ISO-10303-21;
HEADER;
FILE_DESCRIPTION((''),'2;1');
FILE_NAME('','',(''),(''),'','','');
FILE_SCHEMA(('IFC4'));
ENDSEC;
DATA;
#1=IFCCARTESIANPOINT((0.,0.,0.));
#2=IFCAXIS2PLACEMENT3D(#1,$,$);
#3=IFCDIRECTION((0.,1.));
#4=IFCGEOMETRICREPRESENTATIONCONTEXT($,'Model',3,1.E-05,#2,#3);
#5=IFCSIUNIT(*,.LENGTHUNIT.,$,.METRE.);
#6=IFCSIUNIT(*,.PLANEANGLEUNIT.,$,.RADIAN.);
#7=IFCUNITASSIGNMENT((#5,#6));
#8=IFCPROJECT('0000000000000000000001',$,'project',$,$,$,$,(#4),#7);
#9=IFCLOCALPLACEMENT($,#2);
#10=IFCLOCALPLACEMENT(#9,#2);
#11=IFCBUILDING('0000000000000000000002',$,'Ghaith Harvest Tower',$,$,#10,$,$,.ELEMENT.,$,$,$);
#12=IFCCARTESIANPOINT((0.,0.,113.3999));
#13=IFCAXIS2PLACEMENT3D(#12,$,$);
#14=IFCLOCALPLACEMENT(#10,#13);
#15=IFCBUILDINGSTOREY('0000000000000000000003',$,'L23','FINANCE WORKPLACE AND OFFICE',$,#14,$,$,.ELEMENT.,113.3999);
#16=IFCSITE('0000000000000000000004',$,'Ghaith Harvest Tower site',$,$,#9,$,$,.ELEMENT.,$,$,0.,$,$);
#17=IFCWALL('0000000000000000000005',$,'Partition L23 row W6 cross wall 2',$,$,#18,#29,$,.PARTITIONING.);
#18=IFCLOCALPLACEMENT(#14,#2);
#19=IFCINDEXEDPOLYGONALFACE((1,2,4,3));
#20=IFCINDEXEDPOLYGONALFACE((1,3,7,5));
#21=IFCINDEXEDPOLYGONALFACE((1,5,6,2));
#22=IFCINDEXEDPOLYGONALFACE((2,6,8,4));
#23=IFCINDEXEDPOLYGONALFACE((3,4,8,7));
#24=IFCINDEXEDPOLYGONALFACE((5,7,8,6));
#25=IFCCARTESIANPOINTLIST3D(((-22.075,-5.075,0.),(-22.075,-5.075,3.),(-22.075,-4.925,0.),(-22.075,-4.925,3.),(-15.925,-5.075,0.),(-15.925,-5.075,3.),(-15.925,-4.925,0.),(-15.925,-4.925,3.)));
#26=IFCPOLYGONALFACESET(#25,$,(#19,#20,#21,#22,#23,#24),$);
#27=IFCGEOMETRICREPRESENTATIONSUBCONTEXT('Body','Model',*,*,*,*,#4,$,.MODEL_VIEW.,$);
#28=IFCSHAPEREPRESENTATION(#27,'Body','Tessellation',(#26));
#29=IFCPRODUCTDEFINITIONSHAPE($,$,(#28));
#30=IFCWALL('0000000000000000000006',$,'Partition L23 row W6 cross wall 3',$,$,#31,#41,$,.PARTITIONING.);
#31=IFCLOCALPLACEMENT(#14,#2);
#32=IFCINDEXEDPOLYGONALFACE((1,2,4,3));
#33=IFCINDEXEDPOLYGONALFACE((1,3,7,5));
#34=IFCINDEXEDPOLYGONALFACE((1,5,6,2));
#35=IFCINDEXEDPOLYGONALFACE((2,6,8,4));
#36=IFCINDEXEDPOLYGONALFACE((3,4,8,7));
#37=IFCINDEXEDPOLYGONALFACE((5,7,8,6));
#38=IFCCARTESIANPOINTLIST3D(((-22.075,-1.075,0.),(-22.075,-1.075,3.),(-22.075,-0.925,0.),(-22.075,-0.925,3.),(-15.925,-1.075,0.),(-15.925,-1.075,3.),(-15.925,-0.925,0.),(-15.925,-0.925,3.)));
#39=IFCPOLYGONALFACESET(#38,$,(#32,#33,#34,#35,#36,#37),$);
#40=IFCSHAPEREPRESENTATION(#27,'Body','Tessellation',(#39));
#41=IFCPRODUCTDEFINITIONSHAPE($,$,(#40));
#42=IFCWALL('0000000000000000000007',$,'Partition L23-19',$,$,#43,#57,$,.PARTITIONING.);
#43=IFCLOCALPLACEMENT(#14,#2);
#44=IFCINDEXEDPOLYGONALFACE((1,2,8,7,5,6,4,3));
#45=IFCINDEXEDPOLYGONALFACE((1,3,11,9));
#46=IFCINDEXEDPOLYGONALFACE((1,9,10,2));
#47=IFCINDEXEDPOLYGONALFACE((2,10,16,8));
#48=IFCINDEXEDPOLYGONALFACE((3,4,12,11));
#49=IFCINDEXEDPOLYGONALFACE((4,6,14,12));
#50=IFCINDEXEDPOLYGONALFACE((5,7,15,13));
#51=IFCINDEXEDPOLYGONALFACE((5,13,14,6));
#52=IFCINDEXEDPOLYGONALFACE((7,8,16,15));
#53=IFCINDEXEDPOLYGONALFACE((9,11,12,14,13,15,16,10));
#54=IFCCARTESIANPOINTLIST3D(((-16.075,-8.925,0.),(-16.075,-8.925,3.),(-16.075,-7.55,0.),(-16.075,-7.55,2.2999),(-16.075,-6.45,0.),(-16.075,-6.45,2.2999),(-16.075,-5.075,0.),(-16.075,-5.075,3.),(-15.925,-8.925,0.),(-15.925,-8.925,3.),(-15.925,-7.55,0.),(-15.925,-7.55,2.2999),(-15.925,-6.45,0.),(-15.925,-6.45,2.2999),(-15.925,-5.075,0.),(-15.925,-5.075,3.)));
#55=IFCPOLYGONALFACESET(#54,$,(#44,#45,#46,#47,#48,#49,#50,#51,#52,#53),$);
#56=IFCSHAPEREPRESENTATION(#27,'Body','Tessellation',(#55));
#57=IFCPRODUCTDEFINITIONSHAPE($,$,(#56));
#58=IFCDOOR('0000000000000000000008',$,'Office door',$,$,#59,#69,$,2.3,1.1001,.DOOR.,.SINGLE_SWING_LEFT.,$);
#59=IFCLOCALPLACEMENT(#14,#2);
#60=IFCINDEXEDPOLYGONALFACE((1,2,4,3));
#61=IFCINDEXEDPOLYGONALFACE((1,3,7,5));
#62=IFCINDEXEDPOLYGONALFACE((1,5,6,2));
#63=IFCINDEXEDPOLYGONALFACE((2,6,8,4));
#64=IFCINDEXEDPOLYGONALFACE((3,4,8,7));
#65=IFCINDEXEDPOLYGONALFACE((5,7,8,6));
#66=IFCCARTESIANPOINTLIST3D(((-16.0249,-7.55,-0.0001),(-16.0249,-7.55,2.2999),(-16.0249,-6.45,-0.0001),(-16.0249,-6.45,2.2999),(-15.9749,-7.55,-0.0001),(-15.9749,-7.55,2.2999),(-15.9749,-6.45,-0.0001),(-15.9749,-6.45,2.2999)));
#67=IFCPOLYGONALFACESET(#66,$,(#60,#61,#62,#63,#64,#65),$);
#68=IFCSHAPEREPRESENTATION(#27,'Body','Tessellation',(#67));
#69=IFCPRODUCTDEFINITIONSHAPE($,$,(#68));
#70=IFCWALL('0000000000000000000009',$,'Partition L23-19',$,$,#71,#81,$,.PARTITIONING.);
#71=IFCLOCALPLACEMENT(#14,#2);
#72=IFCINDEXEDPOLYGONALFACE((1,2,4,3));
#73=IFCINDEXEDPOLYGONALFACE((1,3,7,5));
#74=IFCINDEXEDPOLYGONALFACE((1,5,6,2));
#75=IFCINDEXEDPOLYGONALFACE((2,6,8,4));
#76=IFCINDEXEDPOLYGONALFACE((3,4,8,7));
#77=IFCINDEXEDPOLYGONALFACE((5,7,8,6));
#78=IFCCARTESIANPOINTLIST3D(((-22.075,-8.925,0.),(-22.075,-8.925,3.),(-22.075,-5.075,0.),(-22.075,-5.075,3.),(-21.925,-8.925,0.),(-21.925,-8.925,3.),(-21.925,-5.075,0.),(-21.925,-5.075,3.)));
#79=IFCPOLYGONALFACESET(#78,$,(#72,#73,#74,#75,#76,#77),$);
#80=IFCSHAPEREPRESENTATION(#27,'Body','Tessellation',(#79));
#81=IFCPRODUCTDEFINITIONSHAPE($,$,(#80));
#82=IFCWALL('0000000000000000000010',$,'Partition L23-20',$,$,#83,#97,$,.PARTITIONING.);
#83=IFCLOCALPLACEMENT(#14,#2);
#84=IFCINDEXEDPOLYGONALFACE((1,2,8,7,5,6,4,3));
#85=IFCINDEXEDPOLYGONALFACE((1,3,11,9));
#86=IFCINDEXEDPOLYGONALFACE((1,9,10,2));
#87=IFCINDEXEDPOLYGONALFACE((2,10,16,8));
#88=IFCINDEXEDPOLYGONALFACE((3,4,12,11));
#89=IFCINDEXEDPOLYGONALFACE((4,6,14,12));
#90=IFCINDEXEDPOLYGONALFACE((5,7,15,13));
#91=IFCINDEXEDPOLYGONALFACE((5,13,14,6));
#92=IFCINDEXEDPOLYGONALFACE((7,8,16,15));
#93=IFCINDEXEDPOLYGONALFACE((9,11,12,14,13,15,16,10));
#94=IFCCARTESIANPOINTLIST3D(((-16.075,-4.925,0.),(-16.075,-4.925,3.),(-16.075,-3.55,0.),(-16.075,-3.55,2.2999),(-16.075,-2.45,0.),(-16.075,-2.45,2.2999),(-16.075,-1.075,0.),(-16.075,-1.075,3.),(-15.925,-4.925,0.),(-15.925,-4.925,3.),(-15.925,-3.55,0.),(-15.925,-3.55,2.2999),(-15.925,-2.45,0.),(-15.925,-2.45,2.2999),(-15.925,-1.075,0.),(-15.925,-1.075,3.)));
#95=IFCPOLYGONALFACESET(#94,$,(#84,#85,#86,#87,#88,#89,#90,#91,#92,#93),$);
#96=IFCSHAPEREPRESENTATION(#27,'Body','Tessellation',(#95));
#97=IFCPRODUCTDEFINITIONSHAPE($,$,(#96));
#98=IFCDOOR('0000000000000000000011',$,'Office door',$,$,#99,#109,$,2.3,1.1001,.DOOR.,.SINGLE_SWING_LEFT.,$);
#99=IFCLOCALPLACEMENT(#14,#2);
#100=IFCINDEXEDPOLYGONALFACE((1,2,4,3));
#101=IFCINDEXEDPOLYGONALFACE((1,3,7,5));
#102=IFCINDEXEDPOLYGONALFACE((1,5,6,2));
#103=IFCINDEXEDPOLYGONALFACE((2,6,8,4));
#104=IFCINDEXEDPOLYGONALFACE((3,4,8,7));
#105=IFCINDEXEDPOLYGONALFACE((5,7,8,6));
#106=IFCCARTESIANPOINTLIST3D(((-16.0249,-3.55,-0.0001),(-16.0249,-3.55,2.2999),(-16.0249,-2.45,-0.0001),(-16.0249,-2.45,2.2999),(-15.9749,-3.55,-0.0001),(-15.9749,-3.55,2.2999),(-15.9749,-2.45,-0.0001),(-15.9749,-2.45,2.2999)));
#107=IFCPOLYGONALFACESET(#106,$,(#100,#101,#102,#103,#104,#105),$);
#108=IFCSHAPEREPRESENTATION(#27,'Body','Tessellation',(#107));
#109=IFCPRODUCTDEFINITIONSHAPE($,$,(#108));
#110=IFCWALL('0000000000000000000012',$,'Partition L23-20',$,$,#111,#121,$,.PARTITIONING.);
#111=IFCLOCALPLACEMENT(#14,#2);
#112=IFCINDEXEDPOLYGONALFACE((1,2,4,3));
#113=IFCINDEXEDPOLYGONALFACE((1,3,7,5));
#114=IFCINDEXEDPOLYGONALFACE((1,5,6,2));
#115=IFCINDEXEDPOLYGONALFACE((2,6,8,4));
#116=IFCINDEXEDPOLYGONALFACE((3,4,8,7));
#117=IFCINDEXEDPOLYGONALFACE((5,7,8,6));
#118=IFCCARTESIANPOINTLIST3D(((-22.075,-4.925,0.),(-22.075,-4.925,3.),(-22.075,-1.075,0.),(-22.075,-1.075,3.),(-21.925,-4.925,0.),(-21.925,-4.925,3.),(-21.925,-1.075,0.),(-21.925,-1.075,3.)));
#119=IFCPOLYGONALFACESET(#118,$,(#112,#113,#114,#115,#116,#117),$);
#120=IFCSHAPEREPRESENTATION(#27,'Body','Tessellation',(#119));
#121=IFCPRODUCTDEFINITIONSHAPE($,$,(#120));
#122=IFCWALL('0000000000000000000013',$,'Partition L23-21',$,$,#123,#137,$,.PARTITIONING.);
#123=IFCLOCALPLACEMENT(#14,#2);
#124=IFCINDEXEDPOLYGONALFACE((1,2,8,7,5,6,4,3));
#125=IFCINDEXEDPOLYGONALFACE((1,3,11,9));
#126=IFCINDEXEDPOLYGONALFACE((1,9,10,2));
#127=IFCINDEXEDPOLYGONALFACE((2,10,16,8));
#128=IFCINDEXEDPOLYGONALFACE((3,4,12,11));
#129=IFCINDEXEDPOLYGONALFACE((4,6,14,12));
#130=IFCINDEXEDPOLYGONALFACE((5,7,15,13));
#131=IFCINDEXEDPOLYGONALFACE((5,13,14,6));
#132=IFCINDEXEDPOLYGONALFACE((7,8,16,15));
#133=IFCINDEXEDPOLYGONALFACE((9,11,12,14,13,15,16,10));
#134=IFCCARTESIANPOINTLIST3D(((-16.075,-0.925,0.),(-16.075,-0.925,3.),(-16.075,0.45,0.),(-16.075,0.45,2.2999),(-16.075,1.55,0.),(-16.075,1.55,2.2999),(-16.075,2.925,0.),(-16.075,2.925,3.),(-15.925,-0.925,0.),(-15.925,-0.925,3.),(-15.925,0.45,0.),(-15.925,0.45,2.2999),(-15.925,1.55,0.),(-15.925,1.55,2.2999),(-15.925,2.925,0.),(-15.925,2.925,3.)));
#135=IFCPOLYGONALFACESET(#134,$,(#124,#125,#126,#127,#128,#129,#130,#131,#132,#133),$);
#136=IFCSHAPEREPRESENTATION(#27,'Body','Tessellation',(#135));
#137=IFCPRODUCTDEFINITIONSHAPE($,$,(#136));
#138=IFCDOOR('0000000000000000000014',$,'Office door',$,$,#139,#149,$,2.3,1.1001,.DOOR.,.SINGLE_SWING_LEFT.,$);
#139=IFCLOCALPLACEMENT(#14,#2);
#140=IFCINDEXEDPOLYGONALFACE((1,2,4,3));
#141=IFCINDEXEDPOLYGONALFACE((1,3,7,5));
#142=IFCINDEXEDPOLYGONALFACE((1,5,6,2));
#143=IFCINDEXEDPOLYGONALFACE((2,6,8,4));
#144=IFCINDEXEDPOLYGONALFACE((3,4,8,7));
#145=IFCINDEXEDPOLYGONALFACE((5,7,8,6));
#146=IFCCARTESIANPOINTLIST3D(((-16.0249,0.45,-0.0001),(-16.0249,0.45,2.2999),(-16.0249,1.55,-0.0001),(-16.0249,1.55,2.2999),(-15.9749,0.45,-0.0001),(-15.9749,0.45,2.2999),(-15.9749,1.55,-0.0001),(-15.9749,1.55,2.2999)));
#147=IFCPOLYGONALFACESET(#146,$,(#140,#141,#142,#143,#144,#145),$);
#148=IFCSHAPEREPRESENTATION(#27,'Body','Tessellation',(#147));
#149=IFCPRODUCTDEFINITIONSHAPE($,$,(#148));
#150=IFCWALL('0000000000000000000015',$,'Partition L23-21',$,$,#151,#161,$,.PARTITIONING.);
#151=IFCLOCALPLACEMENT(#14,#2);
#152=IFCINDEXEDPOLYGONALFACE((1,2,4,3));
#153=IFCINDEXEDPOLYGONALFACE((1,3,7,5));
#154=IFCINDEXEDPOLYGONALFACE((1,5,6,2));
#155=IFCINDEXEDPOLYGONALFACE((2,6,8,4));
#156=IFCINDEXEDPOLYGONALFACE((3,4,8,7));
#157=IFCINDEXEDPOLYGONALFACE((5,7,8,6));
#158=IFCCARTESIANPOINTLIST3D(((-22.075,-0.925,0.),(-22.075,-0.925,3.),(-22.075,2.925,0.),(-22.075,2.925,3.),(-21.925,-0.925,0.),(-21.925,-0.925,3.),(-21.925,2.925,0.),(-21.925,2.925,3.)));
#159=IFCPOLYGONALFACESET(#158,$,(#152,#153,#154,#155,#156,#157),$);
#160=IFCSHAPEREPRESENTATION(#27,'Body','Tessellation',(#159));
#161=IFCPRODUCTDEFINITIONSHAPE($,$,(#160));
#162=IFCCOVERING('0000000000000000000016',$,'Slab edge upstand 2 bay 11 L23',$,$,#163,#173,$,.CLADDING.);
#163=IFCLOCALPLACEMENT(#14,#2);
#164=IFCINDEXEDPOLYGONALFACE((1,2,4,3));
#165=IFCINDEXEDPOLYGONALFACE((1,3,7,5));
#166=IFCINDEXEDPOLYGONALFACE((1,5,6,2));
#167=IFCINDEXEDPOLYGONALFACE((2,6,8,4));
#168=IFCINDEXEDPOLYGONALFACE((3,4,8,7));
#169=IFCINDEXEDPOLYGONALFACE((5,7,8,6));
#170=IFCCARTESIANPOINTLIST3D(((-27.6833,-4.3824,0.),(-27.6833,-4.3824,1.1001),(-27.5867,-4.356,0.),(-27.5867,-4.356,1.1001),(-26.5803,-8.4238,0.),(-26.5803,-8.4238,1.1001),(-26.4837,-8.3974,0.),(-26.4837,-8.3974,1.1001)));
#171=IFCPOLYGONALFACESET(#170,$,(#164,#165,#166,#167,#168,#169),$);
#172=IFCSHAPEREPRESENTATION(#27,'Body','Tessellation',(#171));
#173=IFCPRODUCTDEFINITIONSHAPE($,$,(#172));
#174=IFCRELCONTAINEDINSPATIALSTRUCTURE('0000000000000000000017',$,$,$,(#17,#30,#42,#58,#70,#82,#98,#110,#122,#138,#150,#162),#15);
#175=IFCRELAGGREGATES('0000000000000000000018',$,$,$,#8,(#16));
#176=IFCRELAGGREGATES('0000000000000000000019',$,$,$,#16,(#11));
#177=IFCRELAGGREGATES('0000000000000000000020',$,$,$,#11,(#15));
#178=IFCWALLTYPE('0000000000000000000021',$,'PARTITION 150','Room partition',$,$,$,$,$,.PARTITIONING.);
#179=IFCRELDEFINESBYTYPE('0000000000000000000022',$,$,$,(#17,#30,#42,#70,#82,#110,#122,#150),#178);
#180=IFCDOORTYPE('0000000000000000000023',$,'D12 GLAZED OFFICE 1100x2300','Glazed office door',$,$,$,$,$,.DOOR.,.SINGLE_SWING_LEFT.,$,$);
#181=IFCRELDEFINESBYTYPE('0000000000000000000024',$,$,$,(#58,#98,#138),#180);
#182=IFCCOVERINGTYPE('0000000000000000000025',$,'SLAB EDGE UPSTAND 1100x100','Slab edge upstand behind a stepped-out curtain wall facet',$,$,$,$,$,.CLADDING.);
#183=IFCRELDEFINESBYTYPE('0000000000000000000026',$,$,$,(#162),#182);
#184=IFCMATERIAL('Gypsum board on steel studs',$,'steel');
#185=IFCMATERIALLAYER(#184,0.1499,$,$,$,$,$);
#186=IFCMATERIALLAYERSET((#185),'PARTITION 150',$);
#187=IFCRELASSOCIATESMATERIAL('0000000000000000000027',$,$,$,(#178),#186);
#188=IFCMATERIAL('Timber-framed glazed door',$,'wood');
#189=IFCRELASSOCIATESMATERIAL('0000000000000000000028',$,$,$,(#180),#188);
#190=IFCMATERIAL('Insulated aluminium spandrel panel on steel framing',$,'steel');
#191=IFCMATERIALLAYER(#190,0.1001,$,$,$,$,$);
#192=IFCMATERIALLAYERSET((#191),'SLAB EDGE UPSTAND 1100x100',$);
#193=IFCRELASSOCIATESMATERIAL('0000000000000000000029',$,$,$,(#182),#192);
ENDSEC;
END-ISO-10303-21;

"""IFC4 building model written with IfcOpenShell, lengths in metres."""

from ifc_helpers import new_model, si_unit, direction, frame, frame_2d, origin, origin_2d, place, context, subcontext, project, spatial, rectangle, extrude, material, layer, layer_set, type_object, element, fill, save


model = new_model("IFC4")

# Units and contexts
model_context = context("Model", 3, precision=1e-05, world=origin(), true_north=direction((0.0, 1.0)))
body_context = subcontext(model_context, "Body", "Model", "MODEL_VIEW")
ifc_project = project(units=[si_unit("LENGTHUNIT", "METRE"), si_unit("PLANEANGLEUNIT", "RADIAN")], contexts=[model_context])

# Site, building, storey
site_placement = place(None, origin())
site = spatial("IfcSite", under=ifc_project, at=site_placement, Name="Ghaith Harvest Tower site", CompositionType="ELEMENT", RefElevation=0.0)
building_placement = place(site_placement, origin())
building = spatial("IfcBuilding", under=site, at=building_placement, Name="Ghaith Harvest Tower", CompositionType="ELEMENT")
storey_placement = place(building_placement, frame((0.0, 0.0, 113.3999)))
storey = spatial("IfcBuildingStorey", under=building, at=storey_placement, Name="L23", Description="FINANCE WORKPLACE AND OFFICE", CompositionType="ELEMENT", Elevation=113.3999)

# Walls
ifc_material_1 = material(Name="Gypsum board on steel studs", Category="steel")
ifc_layer_1 = layer(ifc_material_1, 0.1499)
ifc_layer_set_1 = layer_set([ifc_layer_1], Name="PARTITION 150")
wall_type = type_object("IfcWallType", Name="PARTITION 150", Description="Room partition", PredefinedType="PARTITIONING", material=ifc_layer_set_1)
for number, where, z_axis, x_axis, name in (
    (1, (-15.925, -5.0, 0.0), (0.0, 0.0, 1.0), (-1.0, 0.0, 0.0), "Partition L23 row W6 cross wall 2"),
    (2, (-15.925, -1.0, 0.0), (0.0, 0.0, 1.0), (-1.0, 0.0, 0.0), "Partition L23 row W6 cross wall 3"),
):
    element("IfcWall", number, at=place(storey_placement, frame(where, z_axis=z_axis, x_axis=x_axis)), inside=storey, type_object=wall_type, Name=name, PredefinedType="PARTITIONING", context=body_context, shape_type="SweptSolid", body=[
        extrude(rectangle(XDim=6.1499, YDim=0.1499, at=frame_2d((3.075, 0.0))), origin(), (0.0, 0.0, 1.0), 3.0),
    ])

# Wall, opening, door
wall_1_placement = place(storey_placement, frame((-16.0, -8.925, 0.0), z_axis=(0.0, 0.0, 1.0), x_axis=(0.0, 1.0, 0.0)))
wall_1 = element("IfcWall", 3, at=wall_1_placement, inside=storey, type_object=wall_type, Name="Partition L23-19", PredefinedType="PARTITIONING", context=body_context, shape_type="SweptSolid", body=[
    extrude(rectangle(XDim=3.8501, YDim=0.1499, at=frame_2d((1.925, 0.0))), origin(), (0.0, 0.0, 1.0), 3.0),
])
opening_1_placement = place(wall_1_placement, frame((1.375, 0.0, 0.0)))
opening_1 = element("IfcOpeningElement", 4, at=opening_1_placement, cuts=wall_1, PredefinedType="OPENING", context=body_context, shape_type="SweptSolid", body=[
    extrude(rectangle(XDim=1.1001, YDim=2.3, at=frame_2d((0.55, 1.1499))), frame((0.0, 0.085, 0.0), z_axis=(0.0, -1.0, 0.0), x_axis=(1.0, 0.0, 0.0)), (0.0, 0.0, 1.0), 0.1699),
])
ifc_material_2 = material(Name="Timber-framed glazed door", Category="wood")
door_type = type_object("IfcDoorType", Name="D12 GLAZED OFFICE 1100x2300", Description="Glazed office door", OperationType="SINGLE_SWING_LEFT", PredefinedType="DOOR", material=ifc_material_2)
door_1_placement = place(opening_1_placement, origin())
door_1 = element("IfcDoor", 5, at=door_1_placement, inside=storey, type_object=door_type, Name="Office door", OperationType="SINGLE_SWING_LEFT", OverallHeight=2.3, OverallWidth=1.1001, PredefinedType="DOOR", context=body_context, shape_type="SweptSolid", body=[
    extrude(rectangle(XDim=1.1001, YDim=2.3, at=frame_2d((0.55, 1.1499))), frame((0.0, 0.0249, 0.0), z_axis=(0.0, -1.0, 0.0), x_axis=(1.0, 0.0, 0.0)), (0.0, 0.0, 1.0), 0.05),
])
fill(opening_1, door_1)

# Wall
wall_2_placement = place(storey_placement, frame((-22.0, -8.925, 0.0), z_axis=(0.0, 0.0, 1.0), x_axis=(0.0, 1.0, 0.0)))
element("IfcWall", 6, at=wall_2_placement, inside=storey, type_object=wall_type, Name="Partition L23-19", PredefinedType="PARTITIONING", context=body_context, shape_type="SweptSolid", body=[
    extrude(rectangle(XDim=3.8501, YDim=0.1499, at=frame_2d((1.925, 0.0))), origin(), (0.0, 0.0, 1.0), 3.0),
])

# Wall, opening, door
wall_3_placement = place(storey_placement, frame((-16.0, -4.925, 0.0), z_axis=(0.0, 0.0, 1.0), x_axis=(0.0, 1.0, 0.0)))
wall_3 = element("IfcWall", 7, at=wall_3_placement, inside=storey, type_object=wall_type, Name="Partition L23-20", PredefinedType="PARTITIONING", context=body_context, shape_type="SweptSolid", body=[
    extrude(rectangle(XDim=3.8501, YDim=0.1499, at=frame_2d((1.925, 0.0))), origin(), (0.0, 0.0, 1.0), 3.0),
])
opening_2_placement = place(wall_3_placement, frame((1.375, 0.0, 0.0)))
opening_2 = element("IfcOpeningElement", 8, at=opening_2_placement, cuts=wall_3, PredefinedType="OPENING", context=body_context, shape_type="SweptSolid", body=[
    extrude(rectangle(XDim=1.1001, YDim=2.3, at=frame_2d((0.55, 1.1499))), frame((0.0, 0.085, 0.0), z_axis=(0.0, -1.0, 0.0), x_axis=(1.0, 0.0, 0.0)), (0.0, 0.0, 1.0), 0.1699),
])
door_2_placement = place(opening_2_placement, origin())
door_2 = element("IfcDoor", 9, at=door_2_placement, inside=storey, type_object=door_type, Name="Office door", OperationType="SINGLE_SWING_LEFT", OverallHeight=2.3, OverallWidth=1.1001, PredefinedType="DOOR", context=body_context, shape_type="SweptSolid", body=[
    extrude(rectangle(XDim=1.1001, YDim=2.3, at=frame_2d((0.55, 1.1499))), frame((0.0, 0.0249, 0.0), z_axis=(0.0, -1.0, 0.0), x_axis=(1.0, 0.0, 0.0)), (0.0, 0.0, 1.0), 0.05),
])
fill(opening_2, door_2)

# Wall
wall_4_placement = place(storey_placement, frame((-22.0, -4.925, 0.0), z_axis=(0.0, 0.0, 1.0), x_axis=(0.0, 1.0, 0.0)))
element("IfcWall", 10, at=wall_4_placement, inside=storey, type_object=wall_type, Name="Partition L23-20", PredefinedType="PARTITIONING", context=body_context, shape_type="SweptSolid", body=[
    extrude(rectangle(XDim=3.8501, YDim=0.1499, at=frame_2d((1.925, 0.0))), origin(), (0.0, 0.0, 1.0), 3.0),
])

# Wall, opening, door
wall_5_placement = place(storey_placement, frame((-16.0, -0.925, 0.0), z_axis=(0.0, 0.0, 1.0), x_axis=(0.0, 1.0, 0.0)))
wall_5 = element("IfcWall", 11, at=wall_5_placement, inside=storey, type_object=wall_type, Name="Partition L23-21", PredefinedType="PARTITIONING", context=body_context, shape_type="SweptSolid", body=[
    extrude(rectangle(XDim=3.8501, YDim=0.1499, at=frame_2d((1.925, 0.0))), origin(), (0.0, 0.0, 1.0), 3.0),
])
opening_3_placement = place(wall_5_placement, frame((1.375, 0.0, 0.0)))
opening_3 = element("IfcOpeningElement", 12, at=opening_3_placement, cuts=wall_5, PredefinedType="OPENING", context=body_context, shape_type="SweptSolid", body=[
    extrude(rectangle(XDim=1.1001, YDim=2.3, at=frame_2d((0.55, 1.1499))), frame((0.0, 0.085, 0.0), z_axis=(0.0, -1.0, 0.0), x_axis=(1.0, 0.0, 0.0)), (0.0, 0.0, 1.0), 0.1699),
])
door_3_placement = place(opening_3_placement, origin())
door_3 = element("IfcDoor", 13, at=door_3_placement, inside=storey, type_object=door_type, Name="Office door", OperationType="SINGLE_SWING_LEFT", OverallHeight=2.3, OverallWidth=1.1001, PredefinedType="DOOR", context=body_context, shape_type="SweptSolid", body=[
    extrude(rectangle(XDim=1.1001, YDim=2.3, at=frame_2d((0.55, 1.1499))), frame((0.0, 0.0249, 0.0), z_axis=(0.0, -1.0, 0.0), x_axis=(1.0, 0.0, 0.0)), (0.0, 0.0, 1.0), 0.05),
])
fill(opening_3, door_3)

# Wall
wall_6_placement = place(storey_placement, frame((-22.0, -0.925, 0.0), z_axis=(0.0, 0.0, 1.0), x_axis=(0.0, 1.0, 0.0)))
element("IfcWall", 14, at=wall_6_placement, inside=storey, type_object=wall_type, Name="Partition L23-21", PredefinedType="PARTITIONING", context=body_context, shape_type="SweptSolid", body=[
    extrude(rectangle(XDim=3.8501, YDim=0.1499, at=frame_2d((1.925, 0.0))), origin(), (0.0, 0.0, 1.0), 3.0),
])

# Covering
ifc_material_3 = material(Name="Insulated aluminium spandrel panel on steel framing", Category="steel")
ifc_layer_2 = layer(ifc_material_3, 0.1001)
ifc_layer_set_2 = layer_set([ifc_layer_2], Name="SLAB EDGE UPSTAND 1100x100")
covering_type = type_object("IfcCoveringType", Name="SLAB EDGE UPSTAND 1100x100", Description="Slab edge upstand behind a stepped-out curtain wall facet", PredefinedType="CLADDING", material=ifc_layer_set_2)
covering_placement = place(storey_placement, frame((-27.0835, -6.3899, 0.0), z_axis=(0.0, 0.0, 1.0), x_axis=(0.263288, -0.964717, 0.0)))
element("IfcCovering", 15, at=covering_placement, inside=storey, type_object=covering_type, Name="Slab edge upstand 2 bay 11 L23", PredefinedType="CLADDING", context=body_context, shape_type="SweptSolid", body=[
    extrude(rectangle(XDim=4.1892, YDim=0.1001, at=origin_2d()), origin(), (0.0, 0.0, 1.0), 1.1001),
])

save(model, "model.ifc")
